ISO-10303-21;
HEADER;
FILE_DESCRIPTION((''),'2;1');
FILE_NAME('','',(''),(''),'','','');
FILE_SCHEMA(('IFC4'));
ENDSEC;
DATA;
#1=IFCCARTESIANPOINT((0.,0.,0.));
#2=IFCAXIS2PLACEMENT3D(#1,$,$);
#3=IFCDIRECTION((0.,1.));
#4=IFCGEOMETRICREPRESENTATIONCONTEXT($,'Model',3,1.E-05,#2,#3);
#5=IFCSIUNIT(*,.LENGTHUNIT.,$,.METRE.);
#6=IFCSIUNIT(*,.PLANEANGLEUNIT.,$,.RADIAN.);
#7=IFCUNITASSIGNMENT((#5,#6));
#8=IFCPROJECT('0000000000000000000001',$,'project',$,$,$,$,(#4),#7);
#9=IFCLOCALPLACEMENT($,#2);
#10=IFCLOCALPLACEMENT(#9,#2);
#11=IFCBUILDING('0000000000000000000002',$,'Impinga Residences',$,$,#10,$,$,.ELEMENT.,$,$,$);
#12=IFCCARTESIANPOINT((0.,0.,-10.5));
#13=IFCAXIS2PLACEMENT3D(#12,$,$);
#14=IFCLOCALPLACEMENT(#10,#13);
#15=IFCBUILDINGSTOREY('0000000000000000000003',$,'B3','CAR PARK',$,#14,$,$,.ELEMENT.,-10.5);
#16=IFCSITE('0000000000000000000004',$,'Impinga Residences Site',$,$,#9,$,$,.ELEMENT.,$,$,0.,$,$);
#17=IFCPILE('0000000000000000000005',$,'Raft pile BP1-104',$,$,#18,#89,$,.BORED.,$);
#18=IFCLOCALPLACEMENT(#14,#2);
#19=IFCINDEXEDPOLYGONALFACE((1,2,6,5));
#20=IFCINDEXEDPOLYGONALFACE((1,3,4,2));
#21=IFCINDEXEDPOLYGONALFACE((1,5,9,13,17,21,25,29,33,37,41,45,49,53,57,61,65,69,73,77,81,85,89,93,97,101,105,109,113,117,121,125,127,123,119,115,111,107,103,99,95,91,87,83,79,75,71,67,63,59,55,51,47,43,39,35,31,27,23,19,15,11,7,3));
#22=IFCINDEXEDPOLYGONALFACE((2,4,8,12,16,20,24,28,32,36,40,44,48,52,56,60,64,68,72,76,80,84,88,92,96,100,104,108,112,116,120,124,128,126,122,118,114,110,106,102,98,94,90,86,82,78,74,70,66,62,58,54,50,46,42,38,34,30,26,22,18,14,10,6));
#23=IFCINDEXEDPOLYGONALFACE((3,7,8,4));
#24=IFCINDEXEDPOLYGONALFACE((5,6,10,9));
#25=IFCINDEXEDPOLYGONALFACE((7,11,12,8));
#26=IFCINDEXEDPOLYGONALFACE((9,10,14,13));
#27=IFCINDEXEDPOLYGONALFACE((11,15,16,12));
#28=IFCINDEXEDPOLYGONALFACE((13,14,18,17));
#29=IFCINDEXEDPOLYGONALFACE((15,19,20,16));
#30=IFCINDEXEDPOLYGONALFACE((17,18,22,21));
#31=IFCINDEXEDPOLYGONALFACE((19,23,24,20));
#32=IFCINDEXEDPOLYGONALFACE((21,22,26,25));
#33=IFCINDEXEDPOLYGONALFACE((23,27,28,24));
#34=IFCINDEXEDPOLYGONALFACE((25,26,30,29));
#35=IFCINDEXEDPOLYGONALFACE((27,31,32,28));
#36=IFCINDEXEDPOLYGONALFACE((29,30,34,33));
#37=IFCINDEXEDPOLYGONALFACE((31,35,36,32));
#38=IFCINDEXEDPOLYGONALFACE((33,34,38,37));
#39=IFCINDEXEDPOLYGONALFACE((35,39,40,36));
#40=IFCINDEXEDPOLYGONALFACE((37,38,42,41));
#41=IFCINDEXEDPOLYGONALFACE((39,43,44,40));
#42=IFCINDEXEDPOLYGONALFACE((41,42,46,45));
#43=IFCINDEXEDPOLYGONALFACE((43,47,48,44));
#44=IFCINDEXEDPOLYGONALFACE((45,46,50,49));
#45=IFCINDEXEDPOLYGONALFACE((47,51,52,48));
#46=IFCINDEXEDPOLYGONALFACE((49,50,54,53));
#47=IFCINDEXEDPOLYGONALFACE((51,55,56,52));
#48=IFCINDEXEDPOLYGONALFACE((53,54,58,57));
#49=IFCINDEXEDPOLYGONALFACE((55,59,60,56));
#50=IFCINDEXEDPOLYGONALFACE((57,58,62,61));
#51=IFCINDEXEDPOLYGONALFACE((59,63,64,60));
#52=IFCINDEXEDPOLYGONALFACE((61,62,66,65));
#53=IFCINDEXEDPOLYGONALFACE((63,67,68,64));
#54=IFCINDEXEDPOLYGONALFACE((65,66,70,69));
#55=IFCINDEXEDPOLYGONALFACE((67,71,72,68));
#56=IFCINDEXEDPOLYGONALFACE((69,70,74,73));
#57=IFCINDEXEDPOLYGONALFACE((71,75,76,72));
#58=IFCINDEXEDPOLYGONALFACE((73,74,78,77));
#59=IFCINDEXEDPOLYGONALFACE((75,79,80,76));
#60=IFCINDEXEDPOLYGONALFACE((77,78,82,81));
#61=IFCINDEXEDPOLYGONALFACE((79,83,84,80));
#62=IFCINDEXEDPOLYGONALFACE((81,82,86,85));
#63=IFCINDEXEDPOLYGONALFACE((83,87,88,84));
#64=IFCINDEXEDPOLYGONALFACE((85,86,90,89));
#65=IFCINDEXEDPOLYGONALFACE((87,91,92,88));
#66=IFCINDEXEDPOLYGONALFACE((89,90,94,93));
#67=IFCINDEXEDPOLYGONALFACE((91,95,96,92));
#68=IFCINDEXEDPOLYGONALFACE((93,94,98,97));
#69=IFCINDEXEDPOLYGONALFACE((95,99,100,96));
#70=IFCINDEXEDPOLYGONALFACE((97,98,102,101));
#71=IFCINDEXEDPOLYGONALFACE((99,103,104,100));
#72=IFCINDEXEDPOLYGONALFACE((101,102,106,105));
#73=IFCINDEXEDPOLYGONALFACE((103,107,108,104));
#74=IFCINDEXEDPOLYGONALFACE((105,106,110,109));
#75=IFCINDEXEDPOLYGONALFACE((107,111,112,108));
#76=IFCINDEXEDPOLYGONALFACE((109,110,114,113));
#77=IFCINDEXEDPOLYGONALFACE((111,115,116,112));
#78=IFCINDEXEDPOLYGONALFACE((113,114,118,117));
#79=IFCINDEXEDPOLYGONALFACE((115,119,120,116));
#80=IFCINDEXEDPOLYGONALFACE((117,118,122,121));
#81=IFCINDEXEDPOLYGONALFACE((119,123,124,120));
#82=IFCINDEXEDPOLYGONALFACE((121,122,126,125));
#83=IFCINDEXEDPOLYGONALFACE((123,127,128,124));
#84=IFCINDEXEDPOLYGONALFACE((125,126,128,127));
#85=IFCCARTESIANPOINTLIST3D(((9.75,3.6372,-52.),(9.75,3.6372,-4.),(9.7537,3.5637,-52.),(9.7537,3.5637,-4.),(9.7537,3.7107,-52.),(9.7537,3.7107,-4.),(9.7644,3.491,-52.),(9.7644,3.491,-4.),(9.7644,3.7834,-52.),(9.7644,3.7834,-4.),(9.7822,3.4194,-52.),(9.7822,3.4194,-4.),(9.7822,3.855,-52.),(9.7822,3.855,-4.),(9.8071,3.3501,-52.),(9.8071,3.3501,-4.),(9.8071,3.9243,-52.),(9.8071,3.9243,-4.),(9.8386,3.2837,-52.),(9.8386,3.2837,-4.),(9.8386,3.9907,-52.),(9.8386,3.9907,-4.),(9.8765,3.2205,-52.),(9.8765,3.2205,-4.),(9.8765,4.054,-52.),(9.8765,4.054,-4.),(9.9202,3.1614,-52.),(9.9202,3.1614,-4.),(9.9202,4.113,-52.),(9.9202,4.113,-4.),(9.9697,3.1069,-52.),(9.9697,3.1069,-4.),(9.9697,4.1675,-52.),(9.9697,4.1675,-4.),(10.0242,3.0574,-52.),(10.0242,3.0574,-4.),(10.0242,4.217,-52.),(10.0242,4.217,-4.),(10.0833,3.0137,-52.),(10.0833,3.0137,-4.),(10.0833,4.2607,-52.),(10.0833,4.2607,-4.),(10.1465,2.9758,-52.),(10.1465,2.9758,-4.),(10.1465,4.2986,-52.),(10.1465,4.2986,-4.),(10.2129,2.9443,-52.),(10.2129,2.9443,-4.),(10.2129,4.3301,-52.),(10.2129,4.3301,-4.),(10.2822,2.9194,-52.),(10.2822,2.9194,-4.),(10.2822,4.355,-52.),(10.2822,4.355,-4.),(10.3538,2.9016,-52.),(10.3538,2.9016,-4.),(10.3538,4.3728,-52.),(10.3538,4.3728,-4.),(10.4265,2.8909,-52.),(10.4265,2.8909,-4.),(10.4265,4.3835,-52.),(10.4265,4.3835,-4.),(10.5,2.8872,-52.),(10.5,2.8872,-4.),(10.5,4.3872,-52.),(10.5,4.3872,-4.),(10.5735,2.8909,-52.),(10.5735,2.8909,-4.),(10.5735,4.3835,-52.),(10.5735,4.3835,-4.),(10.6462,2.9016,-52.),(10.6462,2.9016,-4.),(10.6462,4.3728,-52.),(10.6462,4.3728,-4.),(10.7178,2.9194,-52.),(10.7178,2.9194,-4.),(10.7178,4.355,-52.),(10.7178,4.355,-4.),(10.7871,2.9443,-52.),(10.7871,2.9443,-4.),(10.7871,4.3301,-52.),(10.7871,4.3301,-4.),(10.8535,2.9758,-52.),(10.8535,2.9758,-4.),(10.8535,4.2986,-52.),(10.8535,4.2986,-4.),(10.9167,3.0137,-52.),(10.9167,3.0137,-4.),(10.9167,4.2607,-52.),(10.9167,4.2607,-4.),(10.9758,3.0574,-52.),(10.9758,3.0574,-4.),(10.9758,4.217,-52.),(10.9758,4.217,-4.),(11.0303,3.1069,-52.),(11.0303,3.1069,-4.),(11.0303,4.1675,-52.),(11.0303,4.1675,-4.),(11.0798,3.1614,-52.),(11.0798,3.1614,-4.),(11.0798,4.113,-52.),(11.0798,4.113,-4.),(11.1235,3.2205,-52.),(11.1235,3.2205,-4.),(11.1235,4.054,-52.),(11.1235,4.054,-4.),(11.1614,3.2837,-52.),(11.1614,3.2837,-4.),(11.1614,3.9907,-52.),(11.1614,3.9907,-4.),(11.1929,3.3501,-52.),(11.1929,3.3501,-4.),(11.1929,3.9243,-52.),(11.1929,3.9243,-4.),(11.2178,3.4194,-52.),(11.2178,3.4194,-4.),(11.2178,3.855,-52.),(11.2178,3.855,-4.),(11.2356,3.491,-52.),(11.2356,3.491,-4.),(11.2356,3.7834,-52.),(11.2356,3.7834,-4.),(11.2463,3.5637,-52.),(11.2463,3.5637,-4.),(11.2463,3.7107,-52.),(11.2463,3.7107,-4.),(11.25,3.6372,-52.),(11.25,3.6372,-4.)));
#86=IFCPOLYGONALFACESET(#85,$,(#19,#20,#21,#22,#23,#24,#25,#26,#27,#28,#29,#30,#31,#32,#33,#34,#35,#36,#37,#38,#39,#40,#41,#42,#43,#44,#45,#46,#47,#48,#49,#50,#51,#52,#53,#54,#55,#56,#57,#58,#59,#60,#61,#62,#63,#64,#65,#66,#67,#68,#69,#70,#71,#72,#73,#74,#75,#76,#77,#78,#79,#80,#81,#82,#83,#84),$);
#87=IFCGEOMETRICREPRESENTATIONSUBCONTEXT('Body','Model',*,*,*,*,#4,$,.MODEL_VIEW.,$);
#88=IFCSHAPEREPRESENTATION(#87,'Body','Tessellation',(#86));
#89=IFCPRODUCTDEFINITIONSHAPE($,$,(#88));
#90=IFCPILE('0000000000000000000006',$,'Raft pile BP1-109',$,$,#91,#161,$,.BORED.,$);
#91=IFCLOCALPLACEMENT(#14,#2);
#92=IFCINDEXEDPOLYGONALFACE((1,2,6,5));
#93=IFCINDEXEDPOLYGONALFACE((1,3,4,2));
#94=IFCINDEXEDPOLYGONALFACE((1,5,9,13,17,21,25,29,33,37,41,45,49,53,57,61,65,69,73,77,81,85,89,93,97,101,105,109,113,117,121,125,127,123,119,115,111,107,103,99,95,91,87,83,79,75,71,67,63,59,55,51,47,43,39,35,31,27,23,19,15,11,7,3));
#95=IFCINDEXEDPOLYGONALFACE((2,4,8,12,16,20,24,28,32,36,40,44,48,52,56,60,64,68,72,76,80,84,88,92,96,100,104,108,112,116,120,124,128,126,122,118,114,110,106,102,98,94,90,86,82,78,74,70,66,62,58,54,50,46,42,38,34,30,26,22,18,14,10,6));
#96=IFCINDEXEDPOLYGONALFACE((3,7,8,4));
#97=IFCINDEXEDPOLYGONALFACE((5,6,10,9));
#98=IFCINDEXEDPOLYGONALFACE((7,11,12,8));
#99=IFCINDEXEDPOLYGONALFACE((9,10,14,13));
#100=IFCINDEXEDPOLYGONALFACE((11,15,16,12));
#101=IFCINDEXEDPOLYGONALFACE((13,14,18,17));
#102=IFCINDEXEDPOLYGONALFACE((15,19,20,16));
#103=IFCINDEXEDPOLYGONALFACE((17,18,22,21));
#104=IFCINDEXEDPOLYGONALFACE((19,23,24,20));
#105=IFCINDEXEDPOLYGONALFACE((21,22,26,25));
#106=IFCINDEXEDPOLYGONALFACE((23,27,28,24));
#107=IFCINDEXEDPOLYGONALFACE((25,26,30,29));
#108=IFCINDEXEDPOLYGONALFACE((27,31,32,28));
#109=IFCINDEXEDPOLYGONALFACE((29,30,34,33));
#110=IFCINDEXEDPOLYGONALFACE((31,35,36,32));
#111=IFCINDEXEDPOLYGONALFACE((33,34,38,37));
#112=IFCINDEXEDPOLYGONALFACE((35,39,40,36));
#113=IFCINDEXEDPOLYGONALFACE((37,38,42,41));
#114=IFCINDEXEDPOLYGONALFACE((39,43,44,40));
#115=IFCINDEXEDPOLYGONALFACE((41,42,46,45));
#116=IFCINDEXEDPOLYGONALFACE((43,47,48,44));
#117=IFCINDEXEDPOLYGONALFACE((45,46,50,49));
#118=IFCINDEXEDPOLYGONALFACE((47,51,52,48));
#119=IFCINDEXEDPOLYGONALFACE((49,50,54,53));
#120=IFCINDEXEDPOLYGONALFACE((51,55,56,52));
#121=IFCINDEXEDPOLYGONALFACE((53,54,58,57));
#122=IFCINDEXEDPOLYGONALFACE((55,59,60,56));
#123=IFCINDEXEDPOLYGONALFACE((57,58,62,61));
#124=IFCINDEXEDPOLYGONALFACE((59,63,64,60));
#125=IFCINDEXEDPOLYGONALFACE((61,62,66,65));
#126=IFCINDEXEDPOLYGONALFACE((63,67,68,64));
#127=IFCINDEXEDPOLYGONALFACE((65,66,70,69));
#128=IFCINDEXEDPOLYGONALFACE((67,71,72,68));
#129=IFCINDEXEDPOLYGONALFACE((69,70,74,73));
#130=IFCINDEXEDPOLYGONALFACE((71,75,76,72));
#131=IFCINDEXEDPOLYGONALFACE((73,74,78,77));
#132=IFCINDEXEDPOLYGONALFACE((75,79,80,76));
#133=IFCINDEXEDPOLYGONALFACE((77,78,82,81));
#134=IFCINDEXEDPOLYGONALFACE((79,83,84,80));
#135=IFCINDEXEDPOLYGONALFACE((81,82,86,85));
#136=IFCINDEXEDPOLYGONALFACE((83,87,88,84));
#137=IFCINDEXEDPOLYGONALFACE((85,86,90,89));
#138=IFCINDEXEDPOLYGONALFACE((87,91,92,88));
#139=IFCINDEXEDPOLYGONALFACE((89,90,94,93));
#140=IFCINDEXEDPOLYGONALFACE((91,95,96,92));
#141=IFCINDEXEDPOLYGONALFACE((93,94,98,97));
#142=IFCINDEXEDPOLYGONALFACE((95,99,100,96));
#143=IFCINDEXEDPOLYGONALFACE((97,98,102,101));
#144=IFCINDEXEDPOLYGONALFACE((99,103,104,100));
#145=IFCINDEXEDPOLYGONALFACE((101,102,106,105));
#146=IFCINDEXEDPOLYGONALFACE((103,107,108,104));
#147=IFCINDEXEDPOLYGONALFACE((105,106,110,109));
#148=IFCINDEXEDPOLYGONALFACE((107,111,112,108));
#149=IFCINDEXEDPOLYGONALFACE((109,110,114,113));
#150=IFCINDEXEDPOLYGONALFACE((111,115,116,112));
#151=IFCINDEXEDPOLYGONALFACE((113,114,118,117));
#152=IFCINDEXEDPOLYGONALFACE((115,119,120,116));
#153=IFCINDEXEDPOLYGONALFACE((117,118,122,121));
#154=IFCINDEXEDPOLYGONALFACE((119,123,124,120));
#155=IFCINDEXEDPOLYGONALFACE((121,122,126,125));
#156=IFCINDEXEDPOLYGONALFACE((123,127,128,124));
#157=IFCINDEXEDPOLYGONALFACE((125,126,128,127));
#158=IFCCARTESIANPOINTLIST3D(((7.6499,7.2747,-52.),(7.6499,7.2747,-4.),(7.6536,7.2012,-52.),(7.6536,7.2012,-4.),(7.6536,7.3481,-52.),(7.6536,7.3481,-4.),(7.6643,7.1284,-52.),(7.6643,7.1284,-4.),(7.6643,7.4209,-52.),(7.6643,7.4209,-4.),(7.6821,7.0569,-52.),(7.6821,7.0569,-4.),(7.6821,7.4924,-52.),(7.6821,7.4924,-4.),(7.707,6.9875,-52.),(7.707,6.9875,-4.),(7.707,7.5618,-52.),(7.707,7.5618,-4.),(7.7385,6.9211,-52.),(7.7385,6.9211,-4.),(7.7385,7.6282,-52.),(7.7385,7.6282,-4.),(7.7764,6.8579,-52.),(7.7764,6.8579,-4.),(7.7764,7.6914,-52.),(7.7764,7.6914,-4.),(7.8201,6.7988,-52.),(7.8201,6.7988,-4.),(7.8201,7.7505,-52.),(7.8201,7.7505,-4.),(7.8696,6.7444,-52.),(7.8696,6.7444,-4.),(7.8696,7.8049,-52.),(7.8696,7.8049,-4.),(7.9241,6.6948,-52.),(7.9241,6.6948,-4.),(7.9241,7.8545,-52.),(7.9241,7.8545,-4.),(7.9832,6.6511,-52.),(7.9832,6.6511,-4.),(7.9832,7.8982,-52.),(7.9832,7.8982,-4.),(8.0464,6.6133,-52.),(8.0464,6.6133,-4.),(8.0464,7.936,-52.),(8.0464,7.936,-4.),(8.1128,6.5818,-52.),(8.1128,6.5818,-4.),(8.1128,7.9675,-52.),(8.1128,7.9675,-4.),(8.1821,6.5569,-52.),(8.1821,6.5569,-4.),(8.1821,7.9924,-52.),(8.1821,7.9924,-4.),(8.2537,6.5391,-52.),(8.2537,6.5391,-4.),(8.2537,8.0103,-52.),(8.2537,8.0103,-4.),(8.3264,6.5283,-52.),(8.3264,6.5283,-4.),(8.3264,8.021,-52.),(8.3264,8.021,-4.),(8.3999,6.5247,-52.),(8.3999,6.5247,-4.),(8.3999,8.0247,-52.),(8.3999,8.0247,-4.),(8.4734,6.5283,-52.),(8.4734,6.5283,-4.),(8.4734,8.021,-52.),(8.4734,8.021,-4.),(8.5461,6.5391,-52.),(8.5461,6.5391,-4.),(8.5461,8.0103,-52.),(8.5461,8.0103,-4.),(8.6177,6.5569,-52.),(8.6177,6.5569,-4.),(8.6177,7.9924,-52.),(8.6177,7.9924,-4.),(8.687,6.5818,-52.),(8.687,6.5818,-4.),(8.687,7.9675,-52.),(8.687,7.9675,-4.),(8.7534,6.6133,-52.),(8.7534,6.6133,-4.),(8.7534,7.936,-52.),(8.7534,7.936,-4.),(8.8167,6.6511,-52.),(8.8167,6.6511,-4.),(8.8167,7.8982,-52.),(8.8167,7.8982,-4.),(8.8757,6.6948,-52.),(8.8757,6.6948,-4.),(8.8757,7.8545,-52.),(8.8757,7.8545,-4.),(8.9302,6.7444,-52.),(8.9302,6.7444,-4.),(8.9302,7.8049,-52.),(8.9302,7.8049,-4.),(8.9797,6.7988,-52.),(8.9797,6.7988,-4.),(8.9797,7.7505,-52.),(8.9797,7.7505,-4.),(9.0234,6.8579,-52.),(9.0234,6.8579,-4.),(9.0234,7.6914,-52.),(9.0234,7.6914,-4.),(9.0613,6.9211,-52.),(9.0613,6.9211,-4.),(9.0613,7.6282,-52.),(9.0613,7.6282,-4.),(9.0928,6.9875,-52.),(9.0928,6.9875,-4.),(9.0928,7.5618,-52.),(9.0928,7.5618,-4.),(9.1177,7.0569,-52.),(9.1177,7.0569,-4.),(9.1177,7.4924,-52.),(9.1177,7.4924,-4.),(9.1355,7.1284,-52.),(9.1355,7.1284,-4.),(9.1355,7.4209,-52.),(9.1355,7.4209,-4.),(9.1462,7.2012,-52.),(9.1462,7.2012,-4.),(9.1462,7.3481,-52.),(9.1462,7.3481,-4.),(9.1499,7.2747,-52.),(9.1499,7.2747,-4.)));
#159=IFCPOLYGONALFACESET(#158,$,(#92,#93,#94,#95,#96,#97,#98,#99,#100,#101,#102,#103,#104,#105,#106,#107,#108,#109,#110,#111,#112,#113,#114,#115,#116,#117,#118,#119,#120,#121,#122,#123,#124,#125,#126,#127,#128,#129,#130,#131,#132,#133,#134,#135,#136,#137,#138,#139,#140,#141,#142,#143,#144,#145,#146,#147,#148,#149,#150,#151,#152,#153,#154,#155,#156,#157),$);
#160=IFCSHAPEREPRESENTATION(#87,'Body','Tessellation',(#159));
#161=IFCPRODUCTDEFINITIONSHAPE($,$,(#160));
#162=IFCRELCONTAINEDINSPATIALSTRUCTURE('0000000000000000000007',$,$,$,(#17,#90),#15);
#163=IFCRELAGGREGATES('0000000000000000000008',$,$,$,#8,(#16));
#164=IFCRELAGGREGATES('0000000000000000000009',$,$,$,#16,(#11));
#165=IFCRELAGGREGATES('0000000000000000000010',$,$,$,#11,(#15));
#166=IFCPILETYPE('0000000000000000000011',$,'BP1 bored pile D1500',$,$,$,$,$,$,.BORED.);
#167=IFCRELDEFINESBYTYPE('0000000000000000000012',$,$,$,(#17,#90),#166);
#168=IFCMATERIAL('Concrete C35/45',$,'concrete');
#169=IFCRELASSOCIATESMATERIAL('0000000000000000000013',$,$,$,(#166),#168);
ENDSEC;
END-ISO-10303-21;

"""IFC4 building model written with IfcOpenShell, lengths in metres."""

from ifc_helpers import new_model, si_unit, direction, frame, origin, origin_2d, place, context, subcontext, project, spatial, polyline, circle, outline, extrude, material, material_profile, profile_set, type_object, element, save


model = new_model("IFC4")

# Units and contexts
model_context = context("Model", 3, precision=1e-05, world=origin(), true_north=direction((0.0, 1.0)))
body_context = subcontext(model_context, "Body", "Model", "MODEL_VIEW")
ifc_project = project(units=[si_unit("LENGTHUNIT", "METRE"), si_unit("PLANEANGLEUNIT", "RADIAN")], contexts=[model_context])

# Site, building, storey
site_placement = place(None, origin())
site = spatial("IfcSite", under=ifc_project, at=site_placement, Name="Impinga Residences Site", CompositionType="ELEMENT", RefElevation=0.0)
building_placement = place(site_placement, origin())
building = spatial("IfcBuilding", under=site, at=building_placement, Name="Impinga Residences", CompositionType="ELEMENT")
storey_placement = place(building_placement, frame((0.0, 0.0, -10.5)))
storey = spatial("IfcBuildingStorey", under=building, at=storey_placement, Name="B3", Description="CAR PARK", CompositionType="ELEMENT", Elevation=-10.5)

# Piles
ifc_material_1 = material(Name="Concrete C35/45", Category="concrete")
ifc_material_profile_1 = material_profile(ifc_material_1, circle(Radius=0.75, at=origin_2d()), Name="D1500")
ifc_profile_set_1 = profile_set([ifc_material_profile_1], Name="Concrete C35/45")
pile_type_1 = type_object("IfcPileType", Name="BP1 bored pile D1500", PredefinedType="BORED", material=ifc_profile_set_1)
pile_1_placement = place(storey_placement, frame((10.5, 3.6372, -4.0), z_axis=(0.0, 0.0, -1.0), x_axis=(1.0, 0.0, 0.0)))
element("IfcPile", 1, at=pile_1_placement, inside=storey, type_object=pile_type_1, Name="Raft pile BP1-104", PredefinedType="BORED", context=body_context, shape_type="SweptSolid", body=[
    extrude(outline(polyline([(0.75, 0.0), (0.7463, 0.0735), (0.7356, 0.1462), (0.7178, 0.2178), (0.6929, 0.2871), (0.6614, 0.3535), (0.6235, 0.4167), (0.5798, 0.4758), (0.5303, 0.5303), (0.4758, 0.5798), (0.4167, 0.6235), (0.3535, 0.6614), (0.2871, 0.6929), (0.2178, 0.7178), (0.1462, 0.7356), (0.0735, 0.7463), (0.0, 0.75), (-0.0735, 0.7463), (-0.1462, 0.7356), (-0.2178, 0.7178), (-0.2871, 0.6929), (-0.3535, 0.6614), (-0.4167, 0.6235), (-0.4758, 0.5798), (-0.5303, 0.5303), (-0.5798, 0.4758), (-0.6235, 0.4167), (-0.6614, 0.3535), (-0.6929, 0.2871), (-0.7178, 0.2178), (-0.7356, 0.1462), (-0.7463, 0.0735), (-0.75, 0.0), (-0.7463, -0.0735), (-0.7356, -0.1462), (-0.7178, -0.2178), (-0.6929, -0.2871), (-0.6614, -0.3535), (-0.6235, -0.4167), (-0.5798, -0.4758), (-0.5303, -0.5303), (-0.4758, -0.5798), (-0.4167, -0.6235), (-0.3535, -0.6614), (-0.2871, -0.6929), (-0.2178, -0.7178), (-0.1462, -0.7356), (-0.0735, -0.7463), (0.0, -0.75), (0.0735, -0.7463), (0.1462, -0.7356), (0.2178, -0.7178), (0.2871, -0.6929), (0.3535, -0.6614), (0.4167, -0.6235), (0.4758, -0.5798), (0.5303, -0.5303), (0.5798, -0.4758), (0.6235, -0.4167), (0.6614, -0.3535), (0.6929, -0.2871), (0.7178, -0.2178), (0.7356, -0.1462), (0.7463, -0.0735), (0.75, 0.0)])), origin(), (0.0, 0.0, 1.0), 48.0),
])
pile_2_placement = place(storey_placement, frame((8.3999, 7.2747, -4.0), z_axis=(0.0, 0.0, -1.0), x_axis=(1.0, 0.0, 0.0)))
element("IfcPile", 2, at=pile_2_placement, inside=storey, type_object=pile_type_1, Name="Raft pile BP1-109", PredefinedType="BORED", context=body_context, shape_type="SweptSolid", body=[
    extrude(outline(polyline([(0.75, 0.0), (0.7463, 0.0735), (0.7356, 0.1462), (0.7178, 0.2178), (0.6929, 0.2871), (0.6614, 0.3535), (0.6235, 0.4167), (0.5798, 0.4758), (0.5303, 0.5303), (0.4758, 0.5798), (0.4167, 0.6235), (0.3535, 0.6614), (0.2871, 0.6929), (0.2178, 0.7178), (0.1462, 0.7356), (0.0735, 0.7463), (0.0, 0.75), (-0.0735, 0.7463), (-0.1462, 0.7356), (-0.2178, 0.7178), (-0.2871, 0.6929), (-0.3535, 0.6614), (-0.4167, 0.6235), (-0.4758, 0.5798), (-0.5303, 0.5303), (-0.5798, 0.4758), (-0.6235, 0.4167), (-0.6614, 0.3535), (-0.6929, 0.2871), (-0.7178, 0.2178), (-0.7356, 0.1462), (-0.7463, 0.0735), (-0.75, 0.0), (-0.7463, -0.0735), (-0.7356, -0.1462), (-0.7178, -0.2178), (-0.6929, -0.2871), (-0.6614, -0.3535), (-0.6235, -0.4167), (-0.5798, -0.4758), (-0.5303, -0.5303), (-0.4758, -0.5798), (-0.4167, -0.6235), (-0.3535, -0.6614), (-0.2871, -0.6929), (-0.2178, -0.7178), (-0.1462, -0.7356), (-0.0735, -0.7463), (0.0, -0.75), (0.0735, -0.7463), (0.1462, -0.7356), (0.2178, -0.7178), (0.2871, -0.6929), (0.3535, -0.6614), (0.4167, -0.6235), (0.4758, -0.5798), (0.5303, -0.5303), (0.5798, -0.4758), (0.6235, -0.4167), (0.6614, -0.3535), (0.6929, -0.2871), (0.7178, -0.2178), (0.7356, -0.1462), (0.7463, -0.0735), (0.75, 0.0)])), origin(), (0.0, 0.0, 1.0), 48.0),
])

save(model, "model.ifc")
